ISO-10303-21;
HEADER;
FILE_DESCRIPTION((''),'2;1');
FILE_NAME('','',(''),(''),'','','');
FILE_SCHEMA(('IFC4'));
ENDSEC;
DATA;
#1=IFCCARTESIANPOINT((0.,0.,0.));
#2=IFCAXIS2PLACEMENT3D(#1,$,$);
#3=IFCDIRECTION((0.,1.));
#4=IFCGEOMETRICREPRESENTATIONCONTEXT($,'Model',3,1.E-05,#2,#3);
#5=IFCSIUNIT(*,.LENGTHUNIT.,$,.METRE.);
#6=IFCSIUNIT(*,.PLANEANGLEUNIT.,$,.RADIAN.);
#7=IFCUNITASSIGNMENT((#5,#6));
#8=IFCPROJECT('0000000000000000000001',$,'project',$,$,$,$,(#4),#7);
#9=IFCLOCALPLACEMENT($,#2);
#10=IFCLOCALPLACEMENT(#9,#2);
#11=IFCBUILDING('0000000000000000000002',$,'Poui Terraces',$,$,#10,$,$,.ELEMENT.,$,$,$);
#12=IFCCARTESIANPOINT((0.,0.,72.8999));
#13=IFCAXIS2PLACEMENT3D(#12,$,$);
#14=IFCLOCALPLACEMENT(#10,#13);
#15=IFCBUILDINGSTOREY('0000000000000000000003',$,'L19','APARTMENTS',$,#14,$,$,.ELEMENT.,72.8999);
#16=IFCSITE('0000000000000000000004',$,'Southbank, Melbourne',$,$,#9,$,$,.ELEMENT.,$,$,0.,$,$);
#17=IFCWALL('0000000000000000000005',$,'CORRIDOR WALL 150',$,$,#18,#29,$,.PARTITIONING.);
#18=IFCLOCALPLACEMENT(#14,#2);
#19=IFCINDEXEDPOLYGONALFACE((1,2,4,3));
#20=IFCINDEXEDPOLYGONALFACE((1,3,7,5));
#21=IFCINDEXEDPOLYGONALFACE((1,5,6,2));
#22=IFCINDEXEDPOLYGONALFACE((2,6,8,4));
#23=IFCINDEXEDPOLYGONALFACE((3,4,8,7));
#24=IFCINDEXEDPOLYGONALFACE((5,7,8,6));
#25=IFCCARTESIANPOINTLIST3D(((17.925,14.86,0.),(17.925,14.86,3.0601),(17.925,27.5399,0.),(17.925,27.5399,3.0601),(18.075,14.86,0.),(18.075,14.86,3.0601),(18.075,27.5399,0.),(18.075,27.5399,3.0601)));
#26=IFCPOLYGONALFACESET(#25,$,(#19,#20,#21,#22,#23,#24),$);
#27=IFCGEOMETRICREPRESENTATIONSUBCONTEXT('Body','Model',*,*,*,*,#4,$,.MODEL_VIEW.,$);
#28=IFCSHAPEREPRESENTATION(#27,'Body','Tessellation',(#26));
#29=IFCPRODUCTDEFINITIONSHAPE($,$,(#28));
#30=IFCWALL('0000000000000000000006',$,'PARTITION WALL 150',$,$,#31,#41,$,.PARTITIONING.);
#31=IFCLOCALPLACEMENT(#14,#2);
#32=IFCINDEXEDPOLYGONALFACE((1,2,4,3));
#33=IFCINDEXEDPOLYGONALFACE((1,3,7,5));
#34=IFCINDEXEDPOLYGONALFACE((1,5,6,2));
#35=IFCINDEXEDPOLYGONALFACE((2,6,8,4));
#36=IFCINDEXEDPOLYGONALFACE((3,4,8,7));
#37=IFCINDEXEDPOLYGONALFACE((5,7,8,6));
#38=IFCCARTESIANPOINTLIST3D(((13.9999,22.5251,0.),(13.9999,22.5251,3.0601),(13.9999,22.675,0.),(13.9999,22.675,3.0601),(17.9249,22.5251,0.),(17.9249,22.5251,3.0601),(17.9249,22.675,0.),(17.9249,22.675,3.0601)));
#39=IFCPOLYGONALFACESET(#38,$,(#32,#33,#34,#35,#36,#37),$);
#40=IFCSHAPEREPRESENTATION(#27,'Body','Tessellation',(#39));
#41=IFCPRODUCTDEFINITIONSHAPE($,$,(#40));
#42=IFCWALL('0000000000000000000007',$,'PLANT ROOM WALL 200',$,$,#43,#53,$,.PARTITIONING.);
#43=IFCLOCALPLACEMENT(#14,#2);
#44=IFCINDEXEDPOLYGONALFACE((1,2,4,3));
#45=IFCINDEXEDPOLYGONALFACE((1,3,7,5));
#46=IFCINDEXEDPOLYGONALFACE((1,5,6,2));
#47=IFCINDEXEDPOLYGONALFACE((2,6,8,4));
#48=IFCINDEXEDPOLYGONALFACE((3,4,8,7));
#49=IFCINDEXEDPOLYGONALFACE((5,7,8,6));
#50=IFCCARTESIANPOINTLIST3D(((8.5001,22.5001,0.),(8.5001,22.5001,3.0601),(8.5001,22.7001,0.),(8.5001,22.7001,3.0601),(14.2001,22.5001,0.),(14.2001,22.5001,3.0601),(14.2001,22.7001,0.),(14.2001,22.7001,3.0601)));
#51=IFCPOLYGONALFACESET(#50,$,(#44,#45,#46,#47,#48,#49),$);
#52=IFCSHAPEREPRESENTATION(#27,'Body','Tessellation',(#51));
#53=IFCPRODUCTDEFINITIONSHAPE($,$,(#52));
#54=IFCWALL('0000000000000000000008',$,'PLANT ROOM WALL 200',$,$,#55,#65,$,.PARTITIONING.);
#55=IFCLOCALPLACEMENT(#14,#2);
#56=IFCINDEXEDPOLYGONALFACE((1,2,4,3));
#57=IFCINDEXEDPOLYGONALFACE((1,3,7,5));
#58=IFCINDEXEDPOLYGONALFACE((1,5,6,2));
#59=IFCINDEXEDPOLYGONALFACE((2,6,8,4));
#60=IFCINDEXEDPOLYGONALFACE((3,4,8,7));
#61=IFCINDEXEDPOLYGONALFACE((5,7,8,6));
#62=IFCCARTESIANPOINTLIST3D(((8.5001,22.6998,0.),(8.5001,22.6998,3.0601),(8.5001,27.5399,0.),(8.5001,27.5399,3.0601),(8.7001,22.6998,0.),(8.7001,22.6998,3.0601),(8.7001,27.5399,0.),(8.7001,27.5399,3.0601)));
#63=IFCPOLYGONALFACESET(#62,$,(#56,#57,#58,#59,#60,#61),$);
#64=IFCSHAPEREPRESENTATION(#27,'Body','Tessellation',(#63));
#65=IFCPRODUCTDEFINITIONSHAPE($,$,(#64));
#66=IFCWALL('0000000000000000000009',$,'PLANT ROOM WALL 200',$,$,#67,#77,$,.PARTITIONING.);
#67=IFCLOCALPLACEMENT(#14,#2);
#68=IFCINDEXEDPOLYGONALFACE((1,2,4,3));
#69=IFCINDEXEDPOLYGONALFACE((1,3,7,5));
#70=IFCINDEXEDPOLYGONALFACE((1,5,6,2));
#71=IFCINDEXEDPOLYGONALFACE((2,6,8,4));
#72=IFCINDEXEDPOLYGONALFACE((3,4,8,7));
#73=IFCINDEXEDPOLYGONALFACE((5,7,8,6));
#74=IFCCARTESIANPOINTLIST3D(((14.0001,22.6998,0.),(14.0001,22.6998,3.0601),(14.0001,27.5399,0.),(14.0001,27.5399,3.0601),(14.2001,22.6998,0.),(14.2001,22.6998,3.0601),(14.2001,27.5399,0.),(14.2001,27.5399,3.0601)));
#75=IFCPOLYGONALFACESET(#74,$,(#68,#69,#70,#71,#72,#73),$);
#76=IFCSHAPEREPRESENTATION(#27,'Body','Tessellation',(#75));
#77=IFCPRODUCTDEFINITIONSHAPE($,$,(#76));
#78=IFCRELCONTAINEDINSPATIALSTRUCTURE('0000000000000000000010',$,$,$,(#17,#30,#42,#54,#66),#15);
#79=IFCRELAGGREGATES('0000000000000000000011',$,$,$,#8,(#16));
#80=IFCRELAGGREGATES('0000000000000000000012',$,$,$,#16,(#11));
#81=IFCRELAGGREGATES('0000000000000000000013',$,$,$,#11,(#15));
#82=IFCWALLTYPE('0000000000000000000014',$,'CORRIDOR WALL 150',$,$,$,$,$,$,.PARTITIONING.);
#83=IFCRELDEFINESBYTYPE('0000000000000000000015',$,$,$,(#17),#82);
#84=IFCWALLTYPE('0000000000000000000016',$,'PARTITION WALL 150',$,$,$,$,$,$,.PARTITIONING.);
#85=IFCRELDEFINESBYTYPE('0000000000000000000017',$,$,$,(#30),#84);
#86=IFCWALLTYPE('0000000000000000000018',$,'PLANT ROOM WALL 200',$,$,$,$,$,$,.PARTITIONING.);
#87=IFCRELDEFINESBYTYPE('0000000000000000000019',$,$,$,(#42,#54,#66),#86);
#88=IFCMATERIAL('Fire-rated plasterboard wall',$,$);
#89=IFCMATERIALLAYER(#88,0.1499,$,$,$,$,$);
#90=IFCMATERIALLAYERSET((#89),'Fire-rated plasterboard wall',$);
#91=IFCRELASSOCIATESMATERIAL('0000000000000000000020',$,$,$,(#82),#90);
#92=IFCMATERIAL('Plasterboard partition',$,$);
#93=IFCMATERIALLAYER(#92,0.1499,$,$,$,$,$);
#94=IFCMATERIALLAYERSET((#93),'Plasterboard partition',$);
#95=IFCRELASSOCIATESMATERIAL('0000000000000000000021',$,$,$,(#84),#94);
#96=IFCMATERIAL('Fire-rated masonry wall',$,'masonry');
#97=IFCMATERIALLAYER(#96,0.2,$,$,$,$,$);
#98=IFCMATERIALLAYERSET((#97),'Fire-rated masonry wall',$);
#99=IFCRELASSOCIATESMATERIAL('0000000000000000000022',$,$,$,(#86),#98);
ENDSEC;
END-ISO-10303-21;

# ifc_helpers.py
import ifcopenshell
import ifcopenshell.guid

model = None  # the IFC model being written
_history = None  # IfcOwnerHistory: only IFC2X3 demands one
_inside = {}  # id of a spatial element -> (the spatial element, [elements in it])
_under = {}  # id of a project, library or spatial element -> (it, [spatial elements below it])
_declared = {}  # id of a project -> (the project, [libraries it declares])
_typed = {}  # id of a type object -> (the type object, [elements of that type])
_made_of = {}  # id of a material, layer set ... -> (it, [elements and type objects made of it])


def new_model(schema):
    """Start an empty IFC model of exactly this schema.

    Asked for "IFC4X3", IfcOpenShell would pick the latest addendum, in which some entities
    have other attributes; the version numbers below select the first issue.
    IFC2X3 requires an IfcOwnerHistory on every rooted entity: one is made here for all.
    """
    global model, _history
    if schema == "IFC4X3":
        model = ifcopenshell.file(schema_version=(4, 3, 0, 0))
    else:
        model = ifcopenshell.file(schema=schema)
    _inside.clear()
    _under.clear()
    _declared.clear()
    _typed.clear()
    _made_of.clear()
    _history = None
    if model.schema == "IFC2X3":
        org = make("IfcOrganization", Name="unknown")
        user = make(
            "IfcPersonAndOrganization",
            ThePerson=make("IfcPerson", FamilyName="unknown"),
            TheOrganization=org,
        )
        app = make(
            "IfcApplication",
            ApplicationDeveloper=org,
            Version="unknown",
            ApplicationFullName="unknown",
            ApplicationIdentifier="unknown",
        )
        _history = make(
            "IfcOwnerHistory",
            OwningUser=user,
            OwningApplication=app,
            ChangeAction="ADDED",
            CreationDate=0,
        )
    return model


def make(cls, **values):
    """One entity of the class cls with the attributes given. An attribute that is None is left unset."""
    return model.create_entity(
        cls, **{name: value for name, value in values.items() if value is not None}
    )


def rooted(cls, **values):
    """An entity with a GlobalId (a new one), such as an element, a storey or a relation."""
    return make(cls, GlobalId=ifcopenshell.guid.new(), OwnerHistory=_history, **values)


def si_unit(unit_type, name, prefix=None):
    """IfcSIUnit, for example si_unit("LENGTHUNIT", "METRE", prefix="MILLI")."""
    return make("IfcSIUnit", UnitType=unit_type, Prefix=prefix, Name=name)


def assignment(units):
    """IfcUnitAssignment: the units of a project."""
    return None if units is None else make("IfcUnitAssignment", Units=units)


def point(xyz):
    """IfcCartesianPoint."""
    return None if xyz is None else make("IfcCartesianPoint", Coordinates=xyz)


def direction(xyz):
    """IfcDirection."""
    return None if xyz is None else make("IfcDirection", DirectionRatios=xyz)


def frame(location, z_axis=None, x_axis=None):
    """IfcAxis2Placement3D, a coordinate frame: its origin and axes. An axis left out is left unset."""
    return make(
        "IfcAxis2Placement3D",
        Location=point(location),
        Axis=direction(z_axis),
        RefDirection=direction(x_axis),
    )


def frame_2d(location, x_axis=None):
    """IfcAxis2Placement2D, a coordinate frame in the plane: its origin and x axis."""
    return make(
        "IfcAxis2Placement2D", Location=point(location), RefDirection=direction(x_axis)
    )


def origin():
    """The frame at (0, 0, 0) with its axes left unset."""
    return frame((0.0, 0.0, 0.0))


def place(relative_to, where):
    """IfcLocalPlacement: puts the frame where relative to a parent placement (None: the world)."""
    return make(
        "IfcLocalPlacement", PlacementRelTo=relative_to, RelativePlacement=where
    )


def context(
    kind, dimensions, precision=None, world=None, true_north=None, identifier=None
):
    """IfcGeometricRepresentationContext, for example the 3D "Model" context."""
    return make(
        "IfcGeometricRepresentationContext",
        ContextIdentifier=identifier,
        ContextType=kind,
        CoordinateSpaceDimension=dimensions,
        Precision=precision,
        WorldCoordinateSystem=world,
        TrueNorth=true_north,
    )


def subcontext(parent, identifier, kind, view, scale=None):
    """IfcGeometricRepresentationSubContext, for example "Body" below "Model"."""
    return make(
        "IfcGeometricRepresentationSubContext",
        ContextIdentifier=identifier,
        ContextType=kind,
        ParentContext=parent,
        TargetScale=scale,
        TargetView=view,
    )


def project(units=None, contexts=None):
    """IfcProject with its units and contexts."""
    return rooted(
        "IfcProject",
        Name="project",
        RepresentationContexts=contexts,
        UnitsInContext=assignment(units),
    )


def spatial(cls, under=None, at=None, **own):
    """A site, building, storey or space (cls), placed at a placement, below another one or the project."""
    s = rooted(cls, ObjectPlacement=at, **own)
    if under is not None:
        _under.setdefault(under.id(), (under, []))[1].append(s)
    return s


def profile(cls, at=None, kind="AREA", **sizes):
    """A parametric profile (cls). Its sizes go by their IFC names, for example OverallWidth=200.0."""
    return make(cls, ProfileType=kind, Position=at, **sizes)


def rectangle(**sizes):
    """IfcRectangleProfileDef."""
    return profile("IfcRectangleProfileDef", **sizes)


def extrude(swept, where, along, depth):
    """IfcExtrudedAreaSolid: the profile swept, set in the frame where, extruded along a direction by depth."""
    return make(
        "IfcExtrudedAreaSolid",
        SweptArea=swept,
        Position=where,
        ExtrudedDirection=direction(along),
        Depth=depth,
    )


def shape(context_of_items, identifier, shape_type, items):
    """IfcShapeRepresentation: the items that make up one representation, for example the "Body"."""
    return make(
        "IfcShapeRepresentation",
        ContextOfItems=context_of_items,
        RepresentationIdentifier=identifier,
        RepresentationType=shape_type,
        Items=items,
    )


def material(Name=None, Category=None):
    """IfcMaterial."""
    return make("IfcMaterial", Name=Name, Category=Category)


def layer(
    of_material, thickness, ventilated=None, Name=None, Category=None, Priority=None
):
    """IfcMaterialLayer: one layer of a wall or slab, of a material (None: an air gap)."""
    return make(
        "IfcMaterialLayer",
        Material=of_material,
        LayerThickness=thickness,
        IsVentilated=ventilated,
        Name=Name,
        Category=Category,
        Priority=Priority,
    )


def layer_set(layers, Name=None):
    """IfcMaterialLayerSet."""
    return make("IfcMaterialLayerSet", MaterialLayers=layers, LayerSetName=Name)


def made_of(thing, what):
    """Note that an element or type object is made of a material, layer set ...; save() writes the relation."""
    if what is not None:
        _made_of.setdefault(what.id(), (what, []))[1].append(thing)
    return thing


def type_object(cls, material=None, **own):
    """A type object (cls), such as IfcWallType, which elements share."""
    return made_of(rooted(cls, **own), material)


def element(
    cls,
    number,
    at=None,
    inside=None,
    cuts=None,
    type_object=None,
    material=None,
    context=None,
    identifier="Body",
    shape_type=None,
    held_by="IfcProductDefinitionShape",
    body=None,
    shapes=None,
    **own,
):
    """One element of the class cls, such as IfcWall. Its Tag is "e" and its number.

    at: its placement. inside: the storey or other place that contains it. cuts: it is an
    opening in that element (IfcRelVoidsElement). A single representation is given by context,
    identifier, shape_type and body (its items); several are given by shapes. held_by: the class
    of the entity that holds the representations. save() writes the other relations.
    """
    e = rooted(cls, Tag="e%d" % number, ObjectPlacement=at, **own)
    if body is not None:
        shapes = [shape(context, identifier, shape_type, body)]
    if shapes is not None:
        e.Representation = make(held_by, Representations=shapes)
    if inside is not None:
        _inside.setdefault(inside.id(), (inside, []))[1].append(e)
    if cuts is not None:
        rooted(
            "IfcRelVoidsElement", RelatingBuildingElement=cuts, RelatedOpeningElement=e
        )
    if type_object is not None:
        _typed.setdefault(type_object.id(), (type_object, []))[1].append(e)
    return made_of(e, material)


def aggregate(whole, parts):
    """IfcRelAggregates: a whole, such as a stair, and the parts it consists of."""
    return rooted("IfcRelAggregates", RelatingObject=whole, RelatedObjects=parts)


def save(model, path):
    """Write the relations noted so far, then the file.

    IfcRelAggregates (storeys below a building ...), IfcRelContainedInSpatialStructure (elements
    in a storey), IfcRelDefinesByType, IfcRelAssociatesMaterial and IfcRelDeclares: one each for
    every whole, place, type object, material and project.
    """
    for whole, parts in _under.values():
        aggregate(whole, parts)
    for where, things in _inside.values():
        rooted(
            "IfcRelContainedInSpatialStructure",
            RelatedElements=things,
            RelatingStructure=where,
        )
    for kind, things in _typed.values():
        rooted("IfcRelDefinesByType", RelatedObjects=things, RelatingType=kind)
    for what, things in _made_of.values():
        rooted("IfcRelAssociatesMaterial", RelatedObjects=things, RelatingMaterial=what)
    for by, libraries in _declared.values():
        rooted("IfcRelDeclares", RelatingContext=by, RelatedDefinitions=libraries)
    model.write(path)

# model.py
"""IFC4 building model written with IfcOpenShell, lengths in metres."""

from ifc_helpers import new_model, si_unit, direction, frame, frame_2d, origin, place, context, subcontext, project, spatial, rectangle, extrude, material, layer, layer_set, type_object, element, save


model = new_model("IFC4")

# Units and contexts
model_context = context("Model", 3, precision=1e-05, world=origin(), true_north=direction((0.0, 1.0)))
body_context = subcontext(model_context, "Body", "Model", "MODEL_VIEW")
ifc_project = project(units=[si_unit("LENGTHUNIT", "METRE"), si_unit("PLANEANGLEUNIT", "RADIAN")], contexts=[model_context])

# Site, building, storey
site_placement = place(None, origin())
site = spatial("IfcSite", under=ifc_project, at=site_placement, Name="Southbank, Melbourne", CompositionType="ELEMENT", RefElevation=0.0)
building_placement = place(site_placement, origin())
building = spatial("IfcBuilding", under=site, at=building_placement, Name="Poui Terraces", CompositionType="ELEMENT")
storey_placement = place(building_placement, frame((0.0, 0.0, 72.8999)))
storey = spatial("IfcBuildingStorey", under=building, at=storey_placement, Name="L19", Description="APARTMENTS", CompositionType="ELEMENT", Elevation=72.8999)

# Walls
ifc_material_1 = material(Name="Fire-rated plasterboard wall")
ifc_layer_1 = layer(ifc_material_1, 0.1499)
ifc_layer_set_1 = layer_set([ifc_layer_1], Name="Fire-rated plasterboard wall")
wall_type_1 = type_object("IfcWallType", Name="CORRIDOR WALL 150", PredefinedType="PARTITIONING", material=ifc_layer_set_1)
wall_1_placement = place(storey_placement, frame((18.0, 14.8601, 0.0), z_axis=(0.0, 0.0, 1.0), x_axis=(0.0, 1.0, 0.0)))
element("IfcWall", 1, at=wall_1_placement, inside=storey, type_object=wall_type_1, Name="CORRIDOR WALL 150", PredefinedType="PARTITIONING", context=body_context, shape_type="SweptSolid", body=[
    extrude(rectangle(XDim=12.6799, YDim=0.1499, at=frame_2d((6.3398, 0.0))), origin(), (0.0, 0.0, 1.0), 3.0601),
])
ifc_material_2 = material(Name="Plasterboard partition")
ifc_layer_2 = layer(ifc_material_2, 0.1499)
ifc_layer_set_2 = layer_set([ifc_layer_2], Name="Plasterboard partition")
wall_type_2 = type_object("IfcWallType", Name="PARTITION WALL 150", PredefinedType="PARTITIONING", material=ifc_layer_set_2)
wall_2_placement = place(storey_placement, frame((14.0, 22.6001, 0.0), z_axis=(0.0, 0.0, 1.0), x_axis=(1.0, 0.0, 0.0)))
element("IfcWall", 2, at=wall_2_placement, inside=storey, type_object=wall_type_2, Name="PARTITION WALL 150", PredefinedType="PARTITIONING", context=body_context, shape_type="SweptSolid", body=[
    extrude(rectangle(XDim=3.925, YDim=0.1499, at=frame_2d((1.9624, 0.0))), origin(), (0.0, 0.0, 1.0), 3.0601),
])
ifc_material_3 = material(Name="Fire-rated masonry wall", Category="masonry")
ifc_layer_3 = layer(ifc_material_3, 0.2)
ifc_layer_set_3 = layer_set([ifc_layer_3], Name="Fire-rated masonry wall")
wall_type_3 = type_object("IfcWallType", Name="PLANT ROOM WALL 200", PredefinedType="PARTITIONING", material=ifc_layer_set_3)
wall_3_placement = place(storey_placement, frame((8.5, 22.6001, 0.0), z_axis=(0.0, 0.0, 1.0), x_axis=(1.0, 0.0, 0.0)))
element("IfcWall", 3, at=wall_3_placement, inside=storey, type_object=wall_type_3, Name="PLANT ROOM WALL 200", PredefinedType="PARTITIONING", context=body_context, shape_type="SweptSolid", body=[
    extrude(rectangle(XDim=5.7, YDim=0.2, at=frame_2d((2.8501, 0.0))), origin(), (0.0, 0.0, 1.0), 3.0601),
])
for number, where, z_axis, x_axis, name in (
    (4, (8.6001, 22.7, 0.0), (0.0, 0.0, 1.0), (0.0, 1.0, 0.0), "PLANT ROOM WALL 200"),
    (5, (14.1001, 22.7, 0.0), (0.0, 0.0, 1.0), (0.0, 1.0, 0.0), "PLANT ROOM WALL 200"),
):
    element("IfcWall", number, at=place(storey_placement, frame(where, z_axis=z_axis, x_axis=x_axis)), inside=storey, type_object=wall_type_3, Name=name, PredefinedType="PARTITIONING", context=body_context, shape_type="SweptSolid", body=[
        extrude(rectangle(XDim=4.8401, YDim=0.2, at=frame_2d((2.4199, 0.0))), origin(), (0.0, 0.0, 1.0), 3.0601),
    ])

save(model, "model.ifc")
